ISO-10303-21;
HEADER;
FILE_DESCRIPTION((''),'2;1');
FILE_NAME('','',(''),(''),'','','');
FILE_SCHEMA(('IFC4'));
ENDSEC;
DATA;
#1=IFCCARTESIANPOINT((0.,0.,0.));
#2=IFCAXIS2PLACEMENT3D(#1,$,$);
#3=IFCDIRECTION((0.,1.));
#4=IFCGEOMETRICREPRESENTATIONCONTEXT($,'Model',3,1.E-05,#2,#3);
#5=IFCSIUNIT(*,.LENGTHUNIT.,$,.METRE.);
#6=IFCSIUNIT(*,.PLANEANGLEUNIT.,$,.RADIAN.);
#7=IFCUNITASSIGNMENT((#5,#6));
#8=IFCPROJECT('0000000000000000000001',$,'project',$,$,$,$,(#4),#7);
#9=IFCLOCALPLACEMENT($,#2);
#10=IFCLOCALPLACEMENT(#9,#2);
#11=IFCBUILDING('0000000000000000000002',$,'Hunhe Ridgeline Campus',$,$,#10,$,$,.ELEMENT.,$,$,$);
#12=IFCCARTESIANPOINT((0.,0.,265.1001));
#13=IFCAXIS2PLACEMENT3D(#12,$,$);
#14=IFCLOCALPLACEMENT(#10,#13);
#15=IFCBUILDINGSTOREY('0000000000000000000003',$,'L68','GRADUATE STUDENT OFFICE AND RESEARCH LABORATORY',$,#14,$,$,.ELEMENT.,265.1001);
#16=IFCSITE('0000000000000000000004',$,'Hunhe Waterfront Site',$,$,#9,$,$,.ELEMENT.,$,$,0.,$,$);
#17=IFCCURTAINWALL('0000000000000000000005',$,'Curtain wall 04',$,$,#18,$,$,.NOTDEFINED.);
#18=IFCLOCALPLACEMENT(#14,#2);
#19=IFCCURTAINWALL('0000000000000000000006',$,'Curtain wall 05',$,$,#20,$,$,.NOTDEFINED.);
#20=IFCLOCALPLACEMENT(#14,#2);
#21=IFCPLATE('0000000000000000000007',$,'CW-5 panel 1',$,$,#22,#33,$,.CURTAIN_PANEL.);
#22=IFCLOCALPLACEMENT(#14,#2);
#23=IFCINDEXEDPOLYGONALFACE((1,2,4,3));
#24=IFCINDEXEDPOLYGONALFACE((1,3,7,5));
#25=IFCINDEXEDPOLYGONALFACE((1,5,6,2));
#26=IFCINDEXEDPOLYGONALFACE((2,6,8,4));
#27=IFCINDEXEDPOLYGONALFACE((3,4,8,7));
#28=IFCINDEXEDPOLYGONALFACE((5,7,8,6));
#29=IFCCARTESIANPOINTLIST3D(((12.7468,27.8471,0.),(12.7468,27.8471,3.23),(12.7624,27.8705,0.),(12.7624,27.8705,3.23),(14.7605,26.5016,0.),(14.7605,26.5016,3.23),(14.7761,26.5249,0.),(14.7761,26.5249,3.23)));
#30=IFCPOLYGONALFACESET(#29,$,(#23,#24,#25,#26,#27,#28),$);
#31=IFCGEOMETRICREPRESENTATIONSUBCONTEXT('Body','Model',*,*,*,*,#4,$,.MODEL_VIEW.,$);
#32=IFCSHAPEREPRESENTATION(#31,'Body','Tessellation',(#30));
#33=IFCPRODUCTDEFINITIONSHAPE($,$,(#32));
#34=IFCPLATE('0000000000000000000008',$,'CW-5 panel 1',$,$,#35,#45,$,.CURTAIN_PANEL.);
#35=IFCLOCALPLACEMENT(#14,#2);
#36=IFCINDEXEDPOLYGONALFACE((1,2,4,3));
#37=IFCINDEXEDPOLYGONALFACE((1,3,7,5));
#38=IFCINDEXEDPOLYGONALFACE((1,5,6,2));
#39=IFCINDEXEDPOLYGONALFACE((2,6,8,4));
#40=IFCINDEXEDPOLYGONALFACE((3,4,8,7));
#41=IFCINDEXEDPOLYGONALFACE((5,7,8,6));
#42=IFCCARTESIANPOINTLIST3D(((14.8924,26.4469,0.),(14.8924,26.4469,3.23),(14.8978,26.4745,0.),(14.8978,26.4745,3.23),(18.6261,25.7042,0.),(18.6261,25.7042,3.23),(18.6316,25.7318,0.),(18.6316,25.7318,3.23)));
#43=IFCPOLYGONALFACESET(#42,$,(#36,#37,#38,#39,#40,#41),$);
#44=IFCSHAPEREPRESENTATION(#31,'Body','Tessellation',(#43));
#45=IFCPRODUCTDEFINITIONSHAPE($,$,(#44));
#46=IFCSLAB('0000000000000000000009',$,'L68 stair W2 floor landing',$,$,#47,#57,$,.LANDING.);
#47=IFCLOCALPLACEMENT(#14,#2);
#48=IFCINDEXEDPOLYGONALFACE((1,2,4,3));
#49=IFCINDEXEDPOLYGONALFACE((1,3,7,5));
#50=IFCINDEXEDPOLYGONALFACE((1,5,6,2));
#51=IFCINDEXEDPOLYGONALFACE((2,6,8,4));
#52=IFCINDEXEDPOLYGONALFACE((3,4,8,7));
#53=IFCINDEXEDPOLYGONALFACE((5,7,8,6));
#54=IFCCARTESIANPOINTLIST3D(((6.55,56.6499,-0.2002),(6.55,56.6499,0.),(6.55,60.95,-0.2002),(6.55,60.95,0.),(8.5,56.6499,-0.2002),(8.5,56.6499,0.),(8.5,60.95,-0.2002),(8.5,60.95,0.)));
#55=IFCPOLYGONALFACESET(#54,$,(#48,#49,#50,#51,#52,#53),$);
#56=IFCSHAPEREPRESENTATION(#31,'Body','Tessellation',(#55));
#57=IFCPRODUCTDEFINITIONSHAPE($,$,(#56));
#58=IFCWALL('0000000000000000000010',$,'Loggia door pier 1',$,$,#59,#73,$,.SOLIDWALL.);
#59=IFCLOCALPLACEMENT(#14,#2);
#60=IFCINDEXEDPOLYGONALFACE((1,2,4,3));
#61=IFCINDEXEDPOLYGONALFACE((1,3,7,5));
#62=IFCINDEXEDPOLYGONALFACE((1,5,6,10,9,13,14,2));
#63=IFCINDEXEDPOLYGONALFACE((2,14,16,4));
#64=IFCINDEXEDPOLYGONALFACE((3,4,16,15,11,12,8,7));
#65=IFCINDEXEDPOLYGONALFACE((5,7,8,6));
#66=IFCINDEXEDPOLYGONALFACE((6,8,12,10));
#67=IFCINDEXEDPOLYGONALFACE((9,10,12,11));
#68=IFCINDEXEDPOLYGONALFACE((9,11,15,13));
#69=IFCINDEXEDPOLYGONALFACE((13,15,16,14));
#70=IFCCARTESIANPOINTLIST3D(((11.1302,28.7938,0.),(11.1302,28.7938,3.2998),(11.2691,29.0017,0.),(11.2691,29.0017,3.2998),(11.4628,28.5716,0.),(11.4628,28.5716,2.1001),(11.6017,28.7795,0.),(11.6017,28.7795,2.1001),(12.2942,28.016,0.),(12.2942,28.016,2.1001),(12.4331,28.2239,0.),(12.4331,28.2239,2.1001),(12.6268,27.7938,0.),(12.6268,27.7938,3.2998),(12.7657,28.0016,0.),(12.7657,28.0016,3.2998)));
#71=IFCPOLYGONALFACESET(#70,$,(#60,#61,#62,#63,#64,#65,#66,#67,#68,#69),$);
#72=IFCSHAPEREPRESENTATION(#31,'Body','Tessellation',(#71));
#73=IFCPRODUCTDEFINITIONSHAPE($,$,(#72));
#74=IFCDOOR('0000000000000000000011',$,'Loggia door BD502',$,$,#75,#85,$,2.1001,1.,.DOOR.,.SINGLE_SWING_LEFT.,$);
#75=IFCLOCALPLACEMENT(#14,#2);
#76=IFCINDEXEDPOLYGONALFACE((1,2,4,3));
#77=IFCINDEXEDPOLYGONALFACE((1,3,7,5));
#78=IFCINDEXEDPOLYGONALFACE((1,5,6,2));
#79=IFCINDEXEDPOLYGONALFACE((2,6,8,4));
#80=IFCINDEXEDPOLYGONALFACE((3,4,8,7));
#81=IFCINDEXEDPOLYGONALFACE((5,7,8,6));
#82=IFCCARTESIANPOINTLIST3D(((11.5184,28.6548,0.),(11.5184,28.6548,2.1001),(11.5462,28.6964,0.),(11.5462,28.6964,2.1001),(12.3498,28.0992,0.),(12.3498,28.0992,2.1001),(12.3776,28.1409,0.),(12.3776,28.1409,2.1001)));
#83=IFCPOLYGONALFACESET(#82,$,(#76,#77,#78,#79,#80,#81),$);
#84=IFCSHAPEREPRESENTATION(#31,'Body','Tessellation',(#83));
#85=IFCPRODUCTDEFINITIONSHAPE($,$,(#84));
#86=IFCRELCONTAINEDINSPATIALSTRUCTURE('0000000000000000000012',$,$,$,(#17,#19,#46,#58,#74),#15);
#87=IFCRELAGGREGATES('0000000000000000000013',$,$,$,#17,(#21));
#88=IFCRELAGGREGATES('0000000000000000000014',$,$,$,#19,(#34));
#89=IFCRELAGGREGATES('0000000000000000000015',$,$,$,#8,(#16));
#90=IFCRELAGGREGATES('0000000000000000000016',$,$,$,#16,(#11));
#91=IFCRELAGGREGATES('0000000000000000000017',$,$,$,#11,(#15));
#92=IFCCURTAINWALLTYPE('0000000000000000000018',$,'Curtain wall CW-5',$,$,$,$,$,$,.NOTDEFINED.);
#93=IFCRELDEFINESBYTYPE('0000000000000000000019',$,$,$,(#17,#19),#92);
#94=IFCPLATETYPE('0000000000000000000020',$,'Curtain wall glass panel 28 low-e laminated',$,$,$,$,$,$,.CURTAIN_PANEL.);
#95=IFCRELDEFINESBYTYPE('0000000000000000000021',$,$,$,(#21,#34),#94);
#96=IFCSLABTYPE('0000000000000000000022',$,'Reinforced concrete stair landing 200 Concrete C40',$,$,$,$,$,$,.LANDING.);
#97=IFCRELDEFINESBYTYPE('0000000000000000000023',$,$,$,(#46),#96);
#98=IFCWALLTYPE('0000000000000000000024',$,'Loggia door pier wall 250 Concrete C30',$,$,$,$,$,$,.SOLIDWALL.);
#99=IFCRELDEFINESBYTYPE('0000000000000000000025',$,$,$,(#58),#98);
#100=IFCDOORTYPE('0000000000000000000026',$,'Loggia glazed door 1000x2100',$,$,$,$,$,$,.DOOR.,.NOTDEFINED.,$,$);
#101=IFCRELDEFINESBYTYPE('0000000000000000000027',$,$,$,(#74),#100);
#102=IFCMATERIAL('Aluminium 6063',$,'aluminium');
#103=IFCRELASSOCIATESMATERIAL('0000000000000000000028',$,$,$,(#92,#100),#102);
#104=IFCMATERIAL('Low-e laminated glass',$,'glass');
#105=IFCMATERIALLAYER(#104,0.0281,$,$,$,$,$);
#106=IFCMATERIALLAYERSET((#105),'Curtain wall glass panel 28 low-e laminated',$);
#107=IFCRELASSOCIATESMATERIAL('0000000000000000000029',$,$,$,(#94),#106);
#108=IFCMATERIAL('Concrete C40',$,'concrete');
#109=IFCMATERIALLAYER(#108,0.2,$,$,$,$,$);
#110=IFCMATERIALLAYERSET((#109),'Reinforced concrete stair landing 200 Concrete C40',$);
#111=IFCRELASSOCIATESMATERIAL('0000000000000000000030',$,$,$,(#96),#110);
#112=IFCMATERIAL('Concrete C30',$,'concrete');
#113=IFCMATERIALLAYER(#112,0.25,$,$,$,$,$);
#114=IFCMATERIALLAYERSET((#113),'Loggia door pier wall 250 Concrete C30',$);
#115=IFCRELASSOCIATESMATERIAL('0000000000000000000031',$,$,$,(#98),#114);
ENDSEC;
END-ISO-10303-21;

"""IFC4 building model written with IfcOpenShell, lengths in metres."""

from ifc_helpers import new_model, si_unit, direction, frame, frame_2d, origin, origin_2d, place, context, subcontext, project, spatial, polyline, rectangle, outline, extrude, material, layer, layer_set, type_object, element, fill, aggregate, save


model = new_model("IFC4")

# Units and contexts
model_context = context("Model", 3, precision=1e-05, world=origin(), true_north=direction((0.0, 1.0)))
body_context = subcontext(model_context, "Body", "Model", "MODEL_VIEW")
ifc_project = project(units=[si_unit("LENGTHUNIT", "METRE"), si_unit("PLANEANGLEUNIT", "RADIAN")], contexts=[model_context])

# Site, building, storey
site_placement = place(None, origin())
site = spatial("IfcSite", under=ifc_project, at=site_placement, Name="Hunhe Waterfront Site", CompositionType="ELEMENT", RefElevation=0.0)
building_placement = place(site_placement, origin())
building = spatial("IfcBuilding", under=site, at=building_placement, Name="Hunhe Ridgeline Campus", CompositionType="ELEMENT")
storey_placement = place(building_placement, frame((0.0, 0.0, 265.1001)))
storey = spatial("IfcBuildingStorey", under=building, at=storey_placement, Name="L68", Description="GRADUATE STUDENT OFFICE AND RESEARCH LABORATORY", CompositionType="ELEMENT", Elevation=265.1001)

# Shared definitions
ifc_material_1 = material(Name="Aluminium 6063", Category="aluminium")
curtain_wall_type = type_object("IfcCurtainWallType", Name="Curtain wall CW-5", PredefinedType="NOTDEFINED", material=ifc_material_1)

# Curtain wall
curtain_wall_1_placement = place(storey_placement, origin())
curtain_wall_1 = element("IfcCurtainWall", 1, at=curtain_wall_1_placement, inside=storey, type_object=curtain_wall_type, Name="Curtain wall 04", PredefinedType="NOTDEFINED")

# Curtain wall
curtain_wall_2_placement = place(storey_placement, origin())
curtain_wall_2 = element("IfcCurtainWall", 2, at=curtain_wall_2_placement, inside=storey, type_object=curtain_wall_type, Name="Curtain wall 05", PredefinedType="NOTDEFINED")

# Plates
ifc_material_2 = material(Name="Low-e laminated glass", Category="glass")
ifc_layer_1 = layer(ifc_material_2, 0.0281)
ifc_layer_set_1 = layer_set([ifc_layer_1], Name="Curtain wall glass panel 28 low-e laminated")
plate_type = type_object("IfcPlateType", Name="Curtain wall glass panel 28 low-e laminated", PredefinedType="CURTAIN_PANEL", material=ifc_layer_set_1)
plate_1_placement = place(storey_placement, frame((13.7615, 27.186, 0.0), z_axis=(0.0, 0.0, 1.0), x_axis=(0.83147, -0.55557, 0.0)))
plate_1 = element("IfcPlate", 3, at=plate_1_placement, type_object=plate_type, Name="CW-5 panel 1", PredefinedType="CURTAIN_PANEL", context=body_context, shape_type="SweptSolid", body=[
    extrude(rectangle(XDim=2.4219, YDim=0.0281, at=origin_2d()), origin(), (0.0, 0.0, 1.0), 3.23),
])
aggregate(curtain_wall_1, [plate_1])
plate_2_placement = place(storey_placement, frame((16.762, 26.0894, 0.0), z_axis=(0.0, 0.0, 1.0), x_axis=(0.980785, -0.19509, 0.0)))
plate_2 = element("IfcPlate", 4, at=plate_2_placement, type_object=plate_type, Name="CW-5 panel 1", PredefinedType="CURTAIN_PANEL", context=body_context, shape_type="SweptSolid", body=[
    extrude(rectangle(XDim=3.8069, YDim=0.0281, at=origin_2d()), origin(), (0.0, 0.0, 1.0), 3.23),
])
aggregate(curtain_wall_2, [plate_2])

# Slab
ifc_material_3 = material(Name="Concrete C40", Category="concrete")
ifc_layer_2 = layer(ifc_material_3, 0.2)
ifc_layer_set_2 = layer_set([ifc_layer_2], Name="Reinforced concrete stair landing 200 Concrete C40")
slab_type = type_object("IfcSlabType", Name="Reinforced concrete stair landing 200 Concrete C40", PredefinedType="LANDING", material=ifc_layer_set_2)
slab_placement = place(storey_placement, frame((0.0, 0.0, -0.2002)))
element("IfcSlab", 5, at=slab_placement, inside=storey, type_object=slab_type, Name="L68 stair W2 floor landing", PredefinedType="LANDING", context=body_context, shape_type="SweptSolid", body=[
    extrude(outline(polyline([(8.5, 60.95), (6.55, 60.95), (6.55, 56.6499), (8.5, 56.6499), (8.5, 60.95)])), origin(), (0.0, 0.0, 1.0), 0.2002),
])

# Wall, opening, door
ifc_material_4 = material(Name="Concrete C30", Category="concrete")
ifc_layer_3 = layer(ifc_material_4, 0.25)
ifc_layer_set_3 = layer_set([ifc_layer_3], Name="Loggia door pier wall 250 Concrete C30")
wall_type_1 = type_object("IfcWallType", Name="Loggia door pier wall 250 Concrete C30", PredefinedType="SOLIDWALL", material=ifc_layer_set_3)
wall_1_placement = place(storey_placement, frame((11.1997, 28.8977, 0.0), z_axis=(0.0, 0.0, 1.0), x_axis=(0.831466, -0.555576, 0.0)))
wall_1 = element("IfcWall", 6, at=wall_1_placement, inside=storey, type_object=wall_type_1, Name="Loggia door pier 1", PredefinedType="SOLIDWALL", context=body_context, shape_type="SweptSolid", body=[
    extrude(rectangle(XDim=1.8, YDim=0.25, at=frame_2d((0.8999, 0.0))), origin(), (0.0, 0.0, 1.0), 3.2998),
])
opening_1_placement = place(wall_1_placement, frame((0.3999, 0.0, 0.0)))
opening_1 = element("IfcOpeningElement", 7, at=opening_1_placement, cuts=wall_1, PredefinedType="OPENING", context=body_context, shape_type="SweptSolid", body=[
    extrude(rectangle(XDim=1.0, YDim=2.1001, at=frame_2d((0.5, 1.05))), frame((0.0, 0.125, 0.0), z_axis=(0.0, -1.0, 0.0), x_axis=(1.0, 0.0, 0.0)), (0.0, 0.0, 1.0), 0.25),
])
door_type_1 = type_object("IfcDoorType", Name="Loggia glazed door 1000x2100", OperationType="NOTDEFINED", PredefinedType="DOOR", material=ifc_material_1)
door_1_placement = place(opening_1_placement, frame((1.0, 0.0, 0.0), z_axis=(0.0, 0.0, 1.0), x_axis=(-1.0, 0.0, 0.0)))
door_1 = element("IfcDoor", 8, at=door_1_placement, inside=storey, type_object=door_type_1, Name="Loggia door BD502", OperationType="SINGLE_SWING_LEFT", OverallHeight=2.1001, OverallWidth=1.0, PredefinedType="DOOR", context=body_context, shape_type="SweptSolid", body=[
    extrude(rectangle(XDim=1.0, YDim=2.1001, at=frame_2d((0.5, 1.05))), frame((0.0, 0.0249, 0.0), z_axis=(0.0, -1.0, 0.0), x_axis=(1.0, 0.0, 0.0)), (0.0, 0.0, 1.0), 0.05),
])
fill(opening_1, door_1)

save(model, "model.ifc")
